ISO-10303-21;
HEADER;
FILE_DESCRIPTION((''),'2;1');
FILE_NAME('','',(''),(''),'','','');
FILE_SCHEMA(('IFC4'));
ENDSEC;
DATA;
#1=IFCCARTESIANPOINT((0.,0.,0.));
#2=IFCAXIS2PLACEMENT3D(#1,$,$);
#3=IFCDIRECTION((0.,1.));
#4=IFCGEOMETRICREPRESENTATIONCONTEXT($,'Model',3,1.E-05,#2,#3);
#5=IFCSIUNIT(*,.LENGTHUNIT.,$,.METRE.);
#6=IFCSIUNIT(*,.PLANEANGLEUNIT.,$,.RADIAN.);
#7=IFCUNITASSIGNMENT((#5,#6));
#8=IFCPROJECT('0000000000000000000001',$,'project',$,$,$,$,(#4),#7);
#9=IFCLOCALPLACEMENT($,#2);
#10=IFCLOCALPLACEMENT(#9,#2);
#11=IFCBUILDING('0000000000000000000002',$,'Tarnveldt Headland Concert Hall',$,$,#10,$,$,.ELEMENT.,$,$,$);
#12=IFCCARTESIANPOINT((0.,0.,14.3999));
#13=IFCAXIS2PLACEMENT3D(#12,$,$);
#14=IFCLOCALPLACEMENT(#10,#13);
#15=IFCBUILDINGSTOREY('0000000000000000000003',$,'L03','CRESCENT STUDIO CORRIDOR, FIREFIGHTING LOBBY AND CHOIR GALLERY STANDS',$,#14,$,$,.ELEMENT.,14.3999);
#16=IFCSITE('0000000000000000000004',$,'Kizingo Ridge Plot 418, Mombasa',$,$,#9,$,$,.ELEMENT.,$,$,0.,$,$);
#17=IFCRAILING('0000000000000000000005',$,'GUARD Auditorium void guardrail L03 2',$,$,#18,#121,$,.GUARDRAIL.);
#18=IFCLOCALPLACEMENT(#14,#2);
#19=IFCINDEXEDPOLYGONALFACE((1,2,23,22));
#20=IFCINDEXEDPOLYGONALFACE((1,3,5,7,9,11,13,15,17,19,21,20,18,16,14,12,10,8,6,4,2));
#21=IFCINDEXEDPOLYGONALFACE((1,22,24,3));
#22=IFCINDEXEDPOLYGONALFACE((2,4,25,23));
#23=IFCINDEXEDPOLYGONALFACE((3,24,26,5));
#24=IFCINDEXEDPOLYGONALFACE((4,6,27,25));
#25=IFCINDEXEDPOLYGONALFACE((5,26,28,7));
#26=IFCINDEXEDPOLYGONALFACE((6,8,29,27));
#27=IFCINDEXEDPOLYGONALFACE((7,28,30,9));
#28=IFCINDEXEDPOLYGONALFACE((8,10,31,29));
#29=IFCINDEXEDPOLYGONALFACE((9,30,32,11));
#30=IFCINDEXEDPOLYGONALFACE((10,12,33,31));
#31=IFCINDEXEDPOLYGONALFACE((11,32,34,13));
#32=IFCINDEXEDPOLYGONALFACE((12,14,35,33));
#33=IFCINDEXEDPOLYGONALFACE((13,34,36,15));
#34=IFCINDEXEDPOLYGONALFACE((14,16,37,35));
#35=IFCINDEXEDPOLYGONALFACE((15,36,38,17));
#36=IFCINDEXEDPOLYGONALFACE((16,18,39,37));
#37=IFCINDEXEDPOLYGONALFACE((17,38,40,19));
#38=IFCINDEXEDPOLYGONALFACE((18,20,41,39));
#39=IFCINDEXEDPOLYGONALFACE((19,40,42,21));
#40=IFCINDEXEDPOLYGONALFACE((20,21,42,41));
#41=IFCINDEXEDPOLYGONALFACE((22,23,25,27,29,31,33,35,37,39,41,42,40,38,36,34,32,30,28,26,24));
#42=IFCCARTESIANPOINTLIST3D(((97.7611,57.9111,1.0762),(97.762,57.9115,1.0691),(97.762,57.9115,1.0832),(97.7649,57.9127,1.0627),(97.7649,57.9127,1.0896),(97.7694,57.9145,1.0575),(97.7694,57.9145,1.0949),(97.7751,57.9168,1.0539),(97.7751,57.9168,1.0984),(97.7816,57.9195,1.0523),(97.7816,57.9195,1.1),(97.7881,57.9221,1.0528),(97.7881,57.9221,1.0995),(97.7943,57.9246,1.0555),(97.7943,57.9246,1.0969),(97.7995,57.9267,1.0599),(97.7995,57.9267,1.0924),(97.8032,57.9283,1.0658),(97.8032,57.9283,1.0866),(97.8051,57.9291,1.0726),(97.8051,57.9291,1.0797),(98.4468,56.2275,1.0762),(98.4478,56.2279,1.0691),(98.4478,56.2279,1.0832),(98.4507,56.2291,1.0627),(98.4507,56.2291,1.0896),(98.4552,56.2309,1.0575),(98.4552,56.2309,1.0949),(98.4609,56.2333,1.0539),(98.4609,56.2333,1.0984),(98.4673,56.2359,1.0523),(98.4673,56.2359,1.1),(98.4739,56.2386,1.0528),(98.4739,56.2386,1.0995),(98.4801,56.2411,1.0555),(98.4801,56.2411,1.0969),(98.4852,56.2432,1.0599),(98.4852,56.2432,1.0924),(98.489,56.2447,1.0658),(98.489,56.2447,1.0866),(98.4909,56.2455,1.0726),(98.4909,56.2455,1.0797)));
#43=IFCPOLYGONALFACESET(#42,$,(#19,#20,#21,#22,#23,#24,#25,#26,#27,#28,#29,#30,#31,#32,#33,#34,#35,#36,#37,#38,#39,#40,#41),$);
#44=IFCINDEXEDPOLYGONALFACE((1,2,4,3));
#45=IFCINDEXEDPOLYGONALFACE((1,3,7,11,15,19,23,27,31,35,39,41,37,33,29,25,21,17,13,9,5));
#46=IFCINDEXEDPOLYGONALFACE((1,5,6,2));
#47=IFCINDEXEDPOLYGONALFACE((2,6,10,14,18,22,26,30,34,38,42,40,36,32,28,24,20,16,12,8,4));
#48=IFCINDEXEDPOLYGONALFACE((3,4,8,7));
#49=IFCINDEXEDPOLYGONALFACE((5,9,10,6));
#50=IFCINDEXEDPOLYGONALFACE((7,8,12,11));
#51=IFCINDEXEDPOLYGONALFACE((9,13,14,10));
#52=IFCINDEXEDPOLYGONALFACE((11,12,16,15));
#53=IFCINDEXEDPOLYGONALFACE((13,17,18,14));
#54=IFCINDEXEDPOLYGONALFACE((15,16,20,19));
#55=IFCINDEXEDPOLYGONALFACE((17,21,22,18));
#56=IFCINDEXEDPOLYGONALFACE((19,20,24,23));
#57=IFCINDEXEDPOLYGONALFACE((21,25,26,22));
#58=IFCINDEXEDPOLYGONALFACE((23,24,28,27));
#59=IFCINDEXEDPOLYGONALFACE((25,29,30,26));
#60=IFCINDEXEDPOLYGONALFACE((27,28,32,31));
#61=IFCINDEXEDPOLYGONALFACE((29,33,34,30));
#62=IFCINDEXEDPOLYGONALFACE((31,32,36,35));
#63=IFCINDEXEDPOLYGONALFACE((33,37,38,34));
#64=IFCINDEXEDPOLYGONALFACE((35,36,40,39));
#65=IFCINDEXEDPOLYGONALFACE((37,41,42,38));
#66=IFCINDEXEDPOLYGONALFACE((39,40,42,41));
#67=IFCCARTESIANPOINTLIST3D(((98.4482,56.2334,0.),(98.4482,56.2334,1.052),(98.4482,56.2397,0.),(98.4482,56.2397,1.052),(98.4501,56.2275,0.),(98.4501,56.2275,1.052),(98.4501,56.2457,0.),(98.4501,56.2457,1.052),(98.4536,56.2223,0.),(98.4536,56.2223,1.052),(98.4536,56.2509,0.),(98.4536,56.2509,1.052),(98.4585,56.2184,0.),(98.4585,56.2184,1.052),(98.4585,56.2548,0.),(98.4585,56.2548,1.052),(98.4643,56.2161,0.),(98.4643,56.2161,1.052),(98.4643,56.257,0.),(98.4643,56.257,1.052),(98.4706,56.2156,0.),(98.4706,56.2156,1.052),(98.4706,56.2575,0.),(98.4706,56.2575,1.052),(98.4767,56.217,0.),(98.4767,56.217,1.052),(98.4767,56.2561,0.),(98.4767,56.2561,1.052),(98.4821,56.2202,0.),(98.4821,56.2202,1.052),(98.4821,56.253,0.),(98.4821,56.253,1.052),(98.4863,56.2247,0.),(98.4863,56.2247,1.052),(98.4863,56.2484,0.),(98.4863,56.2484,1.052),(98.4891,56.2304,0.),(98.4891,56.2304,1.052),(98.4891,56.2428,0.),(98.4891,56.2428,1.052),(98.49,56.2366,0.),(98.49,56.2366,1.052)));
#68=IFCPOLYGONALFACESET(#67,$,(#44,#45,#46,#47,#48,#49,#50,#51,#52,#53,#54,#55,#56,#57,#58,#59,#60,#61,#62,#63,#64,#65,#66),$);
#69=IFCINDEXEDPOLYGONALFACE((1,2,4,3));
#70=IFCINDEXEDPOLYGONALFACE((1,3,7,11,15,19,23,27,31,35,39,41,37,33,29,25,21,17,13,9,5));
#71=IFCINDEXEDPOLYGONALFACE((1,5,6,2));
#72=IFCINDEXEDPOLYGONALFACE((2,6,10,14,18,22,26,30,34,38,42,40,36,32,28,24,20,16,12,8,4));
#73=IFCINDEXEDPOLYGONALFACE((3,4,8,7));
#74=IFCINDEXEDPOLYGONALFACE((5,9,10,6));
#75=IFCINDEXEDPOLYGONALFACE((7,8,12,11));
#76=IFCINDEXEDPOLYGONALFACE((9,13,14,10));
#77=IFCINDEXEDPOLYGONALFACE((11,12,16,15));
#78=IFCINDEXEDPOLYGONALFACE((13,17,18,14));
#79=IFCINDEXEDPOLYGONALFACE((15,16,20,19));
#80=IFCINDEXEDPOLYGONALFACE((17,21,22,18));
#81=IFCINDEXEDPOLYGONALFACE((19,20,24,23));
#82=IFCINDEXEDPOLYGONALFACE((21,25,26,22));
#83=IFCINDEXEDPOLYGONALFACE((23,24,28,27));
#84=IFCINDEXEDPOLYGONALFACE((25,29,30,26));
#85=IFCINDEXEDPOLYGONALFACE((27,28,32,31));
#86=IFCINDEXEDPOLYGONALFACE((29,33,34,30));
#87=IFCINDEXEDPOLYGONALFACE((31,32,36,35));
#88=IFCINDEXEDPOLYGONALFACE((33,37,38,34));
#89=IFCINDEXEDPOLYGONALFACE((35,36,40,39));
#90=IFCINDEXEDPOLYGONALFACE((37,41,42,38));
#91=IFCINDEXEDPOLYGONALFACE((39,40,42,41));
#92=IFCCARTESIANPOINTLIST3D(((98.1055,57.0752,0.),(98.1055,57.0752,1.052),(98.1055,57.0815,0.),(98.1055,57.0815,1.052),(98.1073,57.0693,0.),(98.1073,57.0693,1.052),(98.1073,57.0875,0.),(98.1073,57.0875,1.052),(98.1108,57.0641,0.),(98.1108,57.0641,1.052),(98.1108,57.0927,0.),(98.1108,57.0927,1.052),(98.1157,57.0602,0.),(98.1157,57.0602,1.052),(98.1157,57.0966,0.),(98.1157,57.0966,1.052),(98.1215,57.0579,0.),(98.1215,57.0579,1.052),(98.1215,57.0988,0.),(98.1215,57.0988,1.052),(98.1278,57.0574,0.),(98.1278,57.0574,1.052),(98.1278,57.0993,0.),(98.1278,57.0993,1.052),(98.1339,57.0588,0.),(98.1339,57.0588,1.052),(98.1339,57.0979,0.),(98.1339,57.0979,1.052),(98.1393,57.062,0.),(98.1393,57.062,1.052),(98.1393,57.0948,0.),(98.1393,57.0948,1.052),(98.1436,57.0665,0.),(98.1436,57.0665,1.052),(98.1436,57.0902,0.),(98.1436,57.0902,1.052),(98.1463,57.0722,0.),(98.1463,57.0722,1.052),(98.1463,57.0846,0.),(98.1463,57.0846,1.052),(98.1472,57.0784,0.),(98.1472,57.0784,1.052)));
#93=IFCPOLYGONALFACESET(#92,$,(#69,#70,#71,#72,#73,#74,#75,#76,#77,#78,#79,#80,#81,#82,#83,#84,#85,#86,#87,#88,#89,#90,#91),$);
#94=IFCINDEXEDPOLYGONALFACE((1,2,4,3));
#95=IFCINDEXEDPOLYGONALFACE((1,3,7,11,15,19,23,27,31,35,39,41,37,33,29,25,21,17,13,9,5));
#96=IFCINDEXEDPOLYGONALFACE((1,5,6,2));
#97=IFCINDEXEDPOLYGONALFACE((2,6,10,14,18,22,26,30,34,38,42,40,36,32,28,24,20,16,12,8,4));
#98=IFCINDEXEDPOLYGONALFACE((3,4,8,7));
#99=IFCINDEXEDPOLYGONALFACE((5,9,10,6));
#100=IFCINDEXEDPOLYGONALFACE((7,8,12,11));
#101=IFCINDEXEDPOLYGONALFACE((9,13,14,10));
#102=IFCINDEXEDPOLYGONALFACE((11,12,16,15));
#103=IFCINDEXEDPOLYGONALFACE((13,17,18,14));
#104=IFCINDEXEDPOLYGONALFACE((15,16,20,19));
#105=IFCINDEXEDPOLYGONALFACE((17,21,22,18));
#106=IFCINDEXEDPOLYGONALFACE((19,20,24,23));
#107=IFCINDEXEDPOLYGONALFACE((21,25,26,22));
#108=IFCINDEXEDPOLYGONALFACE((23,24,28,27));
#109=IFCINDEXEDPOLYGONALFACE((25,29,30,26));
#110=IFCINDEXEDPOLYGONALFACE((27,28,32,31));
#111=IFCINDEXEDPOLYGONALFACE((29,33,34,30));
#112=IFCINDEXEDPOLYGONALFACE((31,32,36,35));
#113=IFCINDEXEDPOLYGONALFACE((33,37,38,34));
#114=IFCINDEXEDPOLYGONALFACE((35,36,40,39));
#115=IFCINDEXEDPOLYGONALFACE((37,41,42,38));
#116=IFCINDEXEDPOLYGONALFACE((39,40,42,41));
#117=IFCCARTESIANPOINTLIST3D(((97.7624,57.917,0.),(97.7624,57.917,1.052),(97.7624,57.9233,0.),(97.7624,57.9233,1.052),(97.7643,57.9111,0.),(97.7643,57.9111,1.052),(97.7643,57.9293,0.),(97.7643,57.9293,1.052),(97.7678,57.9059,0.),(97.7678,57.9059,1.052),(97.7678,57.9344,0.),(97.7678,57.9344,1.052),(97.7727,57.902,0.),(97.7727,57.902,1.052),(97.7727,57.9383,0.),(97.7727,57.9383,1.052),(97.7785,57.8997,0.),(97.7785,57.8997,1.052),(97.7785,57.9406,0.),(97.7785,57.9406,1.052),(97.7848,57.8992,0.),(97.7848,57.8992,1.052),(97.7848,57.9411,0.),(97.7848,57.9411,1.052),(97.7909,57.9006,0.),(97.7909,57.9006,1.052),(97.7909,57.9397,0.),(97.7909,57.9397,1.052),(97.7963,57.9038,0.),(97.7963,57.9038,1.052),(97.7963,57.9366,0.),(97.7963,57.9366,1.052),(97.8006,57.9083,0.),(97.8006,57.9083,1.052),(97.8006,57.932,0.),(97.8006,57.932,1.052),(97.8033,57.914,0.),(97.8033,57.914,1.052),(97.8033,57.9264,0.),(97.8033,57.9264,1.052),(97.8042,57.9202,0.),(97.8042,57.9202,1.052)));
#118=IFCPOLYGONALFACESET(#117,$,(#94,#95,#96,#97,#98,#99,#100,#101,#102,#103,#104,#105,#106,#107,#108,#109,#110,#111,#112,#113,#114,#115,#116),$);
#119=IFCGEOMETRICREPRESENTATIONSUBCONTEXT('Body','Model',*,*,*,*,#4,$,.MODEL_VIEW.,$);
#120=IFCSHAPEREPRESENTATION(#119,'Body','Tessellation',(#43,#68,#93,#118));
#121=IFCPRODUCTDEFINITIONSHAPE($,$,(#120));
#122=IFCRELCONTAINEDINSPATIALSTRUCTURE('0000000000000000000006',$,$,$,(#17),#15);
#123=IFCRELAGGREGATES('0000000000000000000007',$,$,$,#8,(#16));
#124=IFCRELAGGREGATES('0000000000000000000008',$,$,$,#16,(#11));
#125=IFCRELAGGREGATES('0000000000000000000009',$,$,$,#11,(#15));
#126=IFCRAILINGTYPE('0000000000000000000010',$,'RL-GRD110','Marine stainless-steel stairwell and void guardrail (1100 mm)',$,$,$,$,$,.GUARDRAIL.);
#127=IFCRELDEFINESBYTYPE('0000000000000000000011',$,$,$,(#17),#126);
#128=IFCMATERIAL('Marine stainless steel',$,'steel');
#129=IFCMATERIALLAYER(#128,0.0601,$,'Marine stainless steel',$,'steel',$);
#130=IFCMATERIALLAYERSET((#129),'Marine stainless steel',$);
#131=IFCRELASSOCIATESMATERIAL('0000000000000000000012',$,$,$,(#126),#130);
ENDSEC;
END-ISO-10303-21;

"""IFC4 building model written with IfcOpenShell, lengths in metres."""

from ifc_helpers import new_model, si_unit, direction, frame, origin, origin_2d, place, context, subcontext, project, spatial, circle, extrude, material, layer, layer_set, type_object, element, save


model = new_model("IFC4")

# Units and contexts
model_context = context("Model", 3, precision=1e-05, world=origin(), true_north=direction((0.0, 1.0)))
body_context = subcontext(model_context, "Body", "Model", "MODEL_VIEW")
ifc_project = project(units=[si_unit("LENGTHUNIT", "METRE"), si_unit("PLANEANGLEUNIT", "RADIAN")], contexts=[model_context])

# Site, building, storey
site_placement = place(None, origin())
site = spatial("IfcSite", under=ifc_project, at=site_placement, Name="Kizingo Ridge Plot 418, Mombasa", CompositionType="ELEMENT", RefElevation=0.0)
building_placement = place(site_placement, origin())
building = spatial("IfcBuilding", under=site, at=building_placement, Name="Tarnveldt Headland Concert Hall", CompositionType="ELEMENT")
storey_placement = place(building_placement, frame((0.0, 0.0, 14.3999)))
storey = spatial("IfcBuildingStorey", under=building, at=storey_placement, Name="L03", Description="CRESCENT STUDIO CORRIDOR, FIREFIGHTING LOBBY AND CHOIR GALLERY STANDS", CompositionType="ELEMENT", Elevation=14.3999)

# Railing
ifc_material_1 = material(Name="Marine stainless steel", Category="steel")
ifc_layer_1 = layer(ifc_material_1, 0.0601, Name="Marine stainless steel", Category="steel")
ifc_layer_set_1 = layer_set([ifc_layer_1], Name="Marine stainless steel")
railing_type = type_object("IfcRailingType", Name="RL-GRD110", Description="Marine stainless-steel stairwell and void guardrail (1100 mm)", PredefinedType="GUARDRAIL", material=ifc_layer_set_1)
railing_1_placement = place(storey_placement, frame((98.469, 56.2366, 0.0)))
element("IfcRailing", 1, at=railing_1_placement, inside=storey, type_object=railing_type, Name="GUARD Auditorium void guardrail L03 2", PredefinedType="GUARDRAIL", context=body_context, shape_type="SweptSolid", body=[
    extrude(circle(Radius=0.0239, at=origin_2d()), frame((0.0, 0.0, 1.0762), z_axis=(-0.377241, 0.926115, 0.0), x_axis=(-0.926115, -0.377241, 0.0)), (0.0, 0.0, 1.0), 1.8179),
    extrude(circle(Radius=0.021, at=origin_2d()), origin(), (0.0, 0.0, 1.0), 1.052),
    extrude(circle(Radius=0.021, at=origin_2d()), frame((-0.3428, 0.8418, 0.0)), (0.0, 0.0, 1.0), 1.052),
    extrude(circle(Radius=0.021, at=origin_2d()), frame((-0.6858, 1.6836, 0.0)), (0.0, 0.0, 1.0), 1.052),
])

save(model, "model.ifc")
